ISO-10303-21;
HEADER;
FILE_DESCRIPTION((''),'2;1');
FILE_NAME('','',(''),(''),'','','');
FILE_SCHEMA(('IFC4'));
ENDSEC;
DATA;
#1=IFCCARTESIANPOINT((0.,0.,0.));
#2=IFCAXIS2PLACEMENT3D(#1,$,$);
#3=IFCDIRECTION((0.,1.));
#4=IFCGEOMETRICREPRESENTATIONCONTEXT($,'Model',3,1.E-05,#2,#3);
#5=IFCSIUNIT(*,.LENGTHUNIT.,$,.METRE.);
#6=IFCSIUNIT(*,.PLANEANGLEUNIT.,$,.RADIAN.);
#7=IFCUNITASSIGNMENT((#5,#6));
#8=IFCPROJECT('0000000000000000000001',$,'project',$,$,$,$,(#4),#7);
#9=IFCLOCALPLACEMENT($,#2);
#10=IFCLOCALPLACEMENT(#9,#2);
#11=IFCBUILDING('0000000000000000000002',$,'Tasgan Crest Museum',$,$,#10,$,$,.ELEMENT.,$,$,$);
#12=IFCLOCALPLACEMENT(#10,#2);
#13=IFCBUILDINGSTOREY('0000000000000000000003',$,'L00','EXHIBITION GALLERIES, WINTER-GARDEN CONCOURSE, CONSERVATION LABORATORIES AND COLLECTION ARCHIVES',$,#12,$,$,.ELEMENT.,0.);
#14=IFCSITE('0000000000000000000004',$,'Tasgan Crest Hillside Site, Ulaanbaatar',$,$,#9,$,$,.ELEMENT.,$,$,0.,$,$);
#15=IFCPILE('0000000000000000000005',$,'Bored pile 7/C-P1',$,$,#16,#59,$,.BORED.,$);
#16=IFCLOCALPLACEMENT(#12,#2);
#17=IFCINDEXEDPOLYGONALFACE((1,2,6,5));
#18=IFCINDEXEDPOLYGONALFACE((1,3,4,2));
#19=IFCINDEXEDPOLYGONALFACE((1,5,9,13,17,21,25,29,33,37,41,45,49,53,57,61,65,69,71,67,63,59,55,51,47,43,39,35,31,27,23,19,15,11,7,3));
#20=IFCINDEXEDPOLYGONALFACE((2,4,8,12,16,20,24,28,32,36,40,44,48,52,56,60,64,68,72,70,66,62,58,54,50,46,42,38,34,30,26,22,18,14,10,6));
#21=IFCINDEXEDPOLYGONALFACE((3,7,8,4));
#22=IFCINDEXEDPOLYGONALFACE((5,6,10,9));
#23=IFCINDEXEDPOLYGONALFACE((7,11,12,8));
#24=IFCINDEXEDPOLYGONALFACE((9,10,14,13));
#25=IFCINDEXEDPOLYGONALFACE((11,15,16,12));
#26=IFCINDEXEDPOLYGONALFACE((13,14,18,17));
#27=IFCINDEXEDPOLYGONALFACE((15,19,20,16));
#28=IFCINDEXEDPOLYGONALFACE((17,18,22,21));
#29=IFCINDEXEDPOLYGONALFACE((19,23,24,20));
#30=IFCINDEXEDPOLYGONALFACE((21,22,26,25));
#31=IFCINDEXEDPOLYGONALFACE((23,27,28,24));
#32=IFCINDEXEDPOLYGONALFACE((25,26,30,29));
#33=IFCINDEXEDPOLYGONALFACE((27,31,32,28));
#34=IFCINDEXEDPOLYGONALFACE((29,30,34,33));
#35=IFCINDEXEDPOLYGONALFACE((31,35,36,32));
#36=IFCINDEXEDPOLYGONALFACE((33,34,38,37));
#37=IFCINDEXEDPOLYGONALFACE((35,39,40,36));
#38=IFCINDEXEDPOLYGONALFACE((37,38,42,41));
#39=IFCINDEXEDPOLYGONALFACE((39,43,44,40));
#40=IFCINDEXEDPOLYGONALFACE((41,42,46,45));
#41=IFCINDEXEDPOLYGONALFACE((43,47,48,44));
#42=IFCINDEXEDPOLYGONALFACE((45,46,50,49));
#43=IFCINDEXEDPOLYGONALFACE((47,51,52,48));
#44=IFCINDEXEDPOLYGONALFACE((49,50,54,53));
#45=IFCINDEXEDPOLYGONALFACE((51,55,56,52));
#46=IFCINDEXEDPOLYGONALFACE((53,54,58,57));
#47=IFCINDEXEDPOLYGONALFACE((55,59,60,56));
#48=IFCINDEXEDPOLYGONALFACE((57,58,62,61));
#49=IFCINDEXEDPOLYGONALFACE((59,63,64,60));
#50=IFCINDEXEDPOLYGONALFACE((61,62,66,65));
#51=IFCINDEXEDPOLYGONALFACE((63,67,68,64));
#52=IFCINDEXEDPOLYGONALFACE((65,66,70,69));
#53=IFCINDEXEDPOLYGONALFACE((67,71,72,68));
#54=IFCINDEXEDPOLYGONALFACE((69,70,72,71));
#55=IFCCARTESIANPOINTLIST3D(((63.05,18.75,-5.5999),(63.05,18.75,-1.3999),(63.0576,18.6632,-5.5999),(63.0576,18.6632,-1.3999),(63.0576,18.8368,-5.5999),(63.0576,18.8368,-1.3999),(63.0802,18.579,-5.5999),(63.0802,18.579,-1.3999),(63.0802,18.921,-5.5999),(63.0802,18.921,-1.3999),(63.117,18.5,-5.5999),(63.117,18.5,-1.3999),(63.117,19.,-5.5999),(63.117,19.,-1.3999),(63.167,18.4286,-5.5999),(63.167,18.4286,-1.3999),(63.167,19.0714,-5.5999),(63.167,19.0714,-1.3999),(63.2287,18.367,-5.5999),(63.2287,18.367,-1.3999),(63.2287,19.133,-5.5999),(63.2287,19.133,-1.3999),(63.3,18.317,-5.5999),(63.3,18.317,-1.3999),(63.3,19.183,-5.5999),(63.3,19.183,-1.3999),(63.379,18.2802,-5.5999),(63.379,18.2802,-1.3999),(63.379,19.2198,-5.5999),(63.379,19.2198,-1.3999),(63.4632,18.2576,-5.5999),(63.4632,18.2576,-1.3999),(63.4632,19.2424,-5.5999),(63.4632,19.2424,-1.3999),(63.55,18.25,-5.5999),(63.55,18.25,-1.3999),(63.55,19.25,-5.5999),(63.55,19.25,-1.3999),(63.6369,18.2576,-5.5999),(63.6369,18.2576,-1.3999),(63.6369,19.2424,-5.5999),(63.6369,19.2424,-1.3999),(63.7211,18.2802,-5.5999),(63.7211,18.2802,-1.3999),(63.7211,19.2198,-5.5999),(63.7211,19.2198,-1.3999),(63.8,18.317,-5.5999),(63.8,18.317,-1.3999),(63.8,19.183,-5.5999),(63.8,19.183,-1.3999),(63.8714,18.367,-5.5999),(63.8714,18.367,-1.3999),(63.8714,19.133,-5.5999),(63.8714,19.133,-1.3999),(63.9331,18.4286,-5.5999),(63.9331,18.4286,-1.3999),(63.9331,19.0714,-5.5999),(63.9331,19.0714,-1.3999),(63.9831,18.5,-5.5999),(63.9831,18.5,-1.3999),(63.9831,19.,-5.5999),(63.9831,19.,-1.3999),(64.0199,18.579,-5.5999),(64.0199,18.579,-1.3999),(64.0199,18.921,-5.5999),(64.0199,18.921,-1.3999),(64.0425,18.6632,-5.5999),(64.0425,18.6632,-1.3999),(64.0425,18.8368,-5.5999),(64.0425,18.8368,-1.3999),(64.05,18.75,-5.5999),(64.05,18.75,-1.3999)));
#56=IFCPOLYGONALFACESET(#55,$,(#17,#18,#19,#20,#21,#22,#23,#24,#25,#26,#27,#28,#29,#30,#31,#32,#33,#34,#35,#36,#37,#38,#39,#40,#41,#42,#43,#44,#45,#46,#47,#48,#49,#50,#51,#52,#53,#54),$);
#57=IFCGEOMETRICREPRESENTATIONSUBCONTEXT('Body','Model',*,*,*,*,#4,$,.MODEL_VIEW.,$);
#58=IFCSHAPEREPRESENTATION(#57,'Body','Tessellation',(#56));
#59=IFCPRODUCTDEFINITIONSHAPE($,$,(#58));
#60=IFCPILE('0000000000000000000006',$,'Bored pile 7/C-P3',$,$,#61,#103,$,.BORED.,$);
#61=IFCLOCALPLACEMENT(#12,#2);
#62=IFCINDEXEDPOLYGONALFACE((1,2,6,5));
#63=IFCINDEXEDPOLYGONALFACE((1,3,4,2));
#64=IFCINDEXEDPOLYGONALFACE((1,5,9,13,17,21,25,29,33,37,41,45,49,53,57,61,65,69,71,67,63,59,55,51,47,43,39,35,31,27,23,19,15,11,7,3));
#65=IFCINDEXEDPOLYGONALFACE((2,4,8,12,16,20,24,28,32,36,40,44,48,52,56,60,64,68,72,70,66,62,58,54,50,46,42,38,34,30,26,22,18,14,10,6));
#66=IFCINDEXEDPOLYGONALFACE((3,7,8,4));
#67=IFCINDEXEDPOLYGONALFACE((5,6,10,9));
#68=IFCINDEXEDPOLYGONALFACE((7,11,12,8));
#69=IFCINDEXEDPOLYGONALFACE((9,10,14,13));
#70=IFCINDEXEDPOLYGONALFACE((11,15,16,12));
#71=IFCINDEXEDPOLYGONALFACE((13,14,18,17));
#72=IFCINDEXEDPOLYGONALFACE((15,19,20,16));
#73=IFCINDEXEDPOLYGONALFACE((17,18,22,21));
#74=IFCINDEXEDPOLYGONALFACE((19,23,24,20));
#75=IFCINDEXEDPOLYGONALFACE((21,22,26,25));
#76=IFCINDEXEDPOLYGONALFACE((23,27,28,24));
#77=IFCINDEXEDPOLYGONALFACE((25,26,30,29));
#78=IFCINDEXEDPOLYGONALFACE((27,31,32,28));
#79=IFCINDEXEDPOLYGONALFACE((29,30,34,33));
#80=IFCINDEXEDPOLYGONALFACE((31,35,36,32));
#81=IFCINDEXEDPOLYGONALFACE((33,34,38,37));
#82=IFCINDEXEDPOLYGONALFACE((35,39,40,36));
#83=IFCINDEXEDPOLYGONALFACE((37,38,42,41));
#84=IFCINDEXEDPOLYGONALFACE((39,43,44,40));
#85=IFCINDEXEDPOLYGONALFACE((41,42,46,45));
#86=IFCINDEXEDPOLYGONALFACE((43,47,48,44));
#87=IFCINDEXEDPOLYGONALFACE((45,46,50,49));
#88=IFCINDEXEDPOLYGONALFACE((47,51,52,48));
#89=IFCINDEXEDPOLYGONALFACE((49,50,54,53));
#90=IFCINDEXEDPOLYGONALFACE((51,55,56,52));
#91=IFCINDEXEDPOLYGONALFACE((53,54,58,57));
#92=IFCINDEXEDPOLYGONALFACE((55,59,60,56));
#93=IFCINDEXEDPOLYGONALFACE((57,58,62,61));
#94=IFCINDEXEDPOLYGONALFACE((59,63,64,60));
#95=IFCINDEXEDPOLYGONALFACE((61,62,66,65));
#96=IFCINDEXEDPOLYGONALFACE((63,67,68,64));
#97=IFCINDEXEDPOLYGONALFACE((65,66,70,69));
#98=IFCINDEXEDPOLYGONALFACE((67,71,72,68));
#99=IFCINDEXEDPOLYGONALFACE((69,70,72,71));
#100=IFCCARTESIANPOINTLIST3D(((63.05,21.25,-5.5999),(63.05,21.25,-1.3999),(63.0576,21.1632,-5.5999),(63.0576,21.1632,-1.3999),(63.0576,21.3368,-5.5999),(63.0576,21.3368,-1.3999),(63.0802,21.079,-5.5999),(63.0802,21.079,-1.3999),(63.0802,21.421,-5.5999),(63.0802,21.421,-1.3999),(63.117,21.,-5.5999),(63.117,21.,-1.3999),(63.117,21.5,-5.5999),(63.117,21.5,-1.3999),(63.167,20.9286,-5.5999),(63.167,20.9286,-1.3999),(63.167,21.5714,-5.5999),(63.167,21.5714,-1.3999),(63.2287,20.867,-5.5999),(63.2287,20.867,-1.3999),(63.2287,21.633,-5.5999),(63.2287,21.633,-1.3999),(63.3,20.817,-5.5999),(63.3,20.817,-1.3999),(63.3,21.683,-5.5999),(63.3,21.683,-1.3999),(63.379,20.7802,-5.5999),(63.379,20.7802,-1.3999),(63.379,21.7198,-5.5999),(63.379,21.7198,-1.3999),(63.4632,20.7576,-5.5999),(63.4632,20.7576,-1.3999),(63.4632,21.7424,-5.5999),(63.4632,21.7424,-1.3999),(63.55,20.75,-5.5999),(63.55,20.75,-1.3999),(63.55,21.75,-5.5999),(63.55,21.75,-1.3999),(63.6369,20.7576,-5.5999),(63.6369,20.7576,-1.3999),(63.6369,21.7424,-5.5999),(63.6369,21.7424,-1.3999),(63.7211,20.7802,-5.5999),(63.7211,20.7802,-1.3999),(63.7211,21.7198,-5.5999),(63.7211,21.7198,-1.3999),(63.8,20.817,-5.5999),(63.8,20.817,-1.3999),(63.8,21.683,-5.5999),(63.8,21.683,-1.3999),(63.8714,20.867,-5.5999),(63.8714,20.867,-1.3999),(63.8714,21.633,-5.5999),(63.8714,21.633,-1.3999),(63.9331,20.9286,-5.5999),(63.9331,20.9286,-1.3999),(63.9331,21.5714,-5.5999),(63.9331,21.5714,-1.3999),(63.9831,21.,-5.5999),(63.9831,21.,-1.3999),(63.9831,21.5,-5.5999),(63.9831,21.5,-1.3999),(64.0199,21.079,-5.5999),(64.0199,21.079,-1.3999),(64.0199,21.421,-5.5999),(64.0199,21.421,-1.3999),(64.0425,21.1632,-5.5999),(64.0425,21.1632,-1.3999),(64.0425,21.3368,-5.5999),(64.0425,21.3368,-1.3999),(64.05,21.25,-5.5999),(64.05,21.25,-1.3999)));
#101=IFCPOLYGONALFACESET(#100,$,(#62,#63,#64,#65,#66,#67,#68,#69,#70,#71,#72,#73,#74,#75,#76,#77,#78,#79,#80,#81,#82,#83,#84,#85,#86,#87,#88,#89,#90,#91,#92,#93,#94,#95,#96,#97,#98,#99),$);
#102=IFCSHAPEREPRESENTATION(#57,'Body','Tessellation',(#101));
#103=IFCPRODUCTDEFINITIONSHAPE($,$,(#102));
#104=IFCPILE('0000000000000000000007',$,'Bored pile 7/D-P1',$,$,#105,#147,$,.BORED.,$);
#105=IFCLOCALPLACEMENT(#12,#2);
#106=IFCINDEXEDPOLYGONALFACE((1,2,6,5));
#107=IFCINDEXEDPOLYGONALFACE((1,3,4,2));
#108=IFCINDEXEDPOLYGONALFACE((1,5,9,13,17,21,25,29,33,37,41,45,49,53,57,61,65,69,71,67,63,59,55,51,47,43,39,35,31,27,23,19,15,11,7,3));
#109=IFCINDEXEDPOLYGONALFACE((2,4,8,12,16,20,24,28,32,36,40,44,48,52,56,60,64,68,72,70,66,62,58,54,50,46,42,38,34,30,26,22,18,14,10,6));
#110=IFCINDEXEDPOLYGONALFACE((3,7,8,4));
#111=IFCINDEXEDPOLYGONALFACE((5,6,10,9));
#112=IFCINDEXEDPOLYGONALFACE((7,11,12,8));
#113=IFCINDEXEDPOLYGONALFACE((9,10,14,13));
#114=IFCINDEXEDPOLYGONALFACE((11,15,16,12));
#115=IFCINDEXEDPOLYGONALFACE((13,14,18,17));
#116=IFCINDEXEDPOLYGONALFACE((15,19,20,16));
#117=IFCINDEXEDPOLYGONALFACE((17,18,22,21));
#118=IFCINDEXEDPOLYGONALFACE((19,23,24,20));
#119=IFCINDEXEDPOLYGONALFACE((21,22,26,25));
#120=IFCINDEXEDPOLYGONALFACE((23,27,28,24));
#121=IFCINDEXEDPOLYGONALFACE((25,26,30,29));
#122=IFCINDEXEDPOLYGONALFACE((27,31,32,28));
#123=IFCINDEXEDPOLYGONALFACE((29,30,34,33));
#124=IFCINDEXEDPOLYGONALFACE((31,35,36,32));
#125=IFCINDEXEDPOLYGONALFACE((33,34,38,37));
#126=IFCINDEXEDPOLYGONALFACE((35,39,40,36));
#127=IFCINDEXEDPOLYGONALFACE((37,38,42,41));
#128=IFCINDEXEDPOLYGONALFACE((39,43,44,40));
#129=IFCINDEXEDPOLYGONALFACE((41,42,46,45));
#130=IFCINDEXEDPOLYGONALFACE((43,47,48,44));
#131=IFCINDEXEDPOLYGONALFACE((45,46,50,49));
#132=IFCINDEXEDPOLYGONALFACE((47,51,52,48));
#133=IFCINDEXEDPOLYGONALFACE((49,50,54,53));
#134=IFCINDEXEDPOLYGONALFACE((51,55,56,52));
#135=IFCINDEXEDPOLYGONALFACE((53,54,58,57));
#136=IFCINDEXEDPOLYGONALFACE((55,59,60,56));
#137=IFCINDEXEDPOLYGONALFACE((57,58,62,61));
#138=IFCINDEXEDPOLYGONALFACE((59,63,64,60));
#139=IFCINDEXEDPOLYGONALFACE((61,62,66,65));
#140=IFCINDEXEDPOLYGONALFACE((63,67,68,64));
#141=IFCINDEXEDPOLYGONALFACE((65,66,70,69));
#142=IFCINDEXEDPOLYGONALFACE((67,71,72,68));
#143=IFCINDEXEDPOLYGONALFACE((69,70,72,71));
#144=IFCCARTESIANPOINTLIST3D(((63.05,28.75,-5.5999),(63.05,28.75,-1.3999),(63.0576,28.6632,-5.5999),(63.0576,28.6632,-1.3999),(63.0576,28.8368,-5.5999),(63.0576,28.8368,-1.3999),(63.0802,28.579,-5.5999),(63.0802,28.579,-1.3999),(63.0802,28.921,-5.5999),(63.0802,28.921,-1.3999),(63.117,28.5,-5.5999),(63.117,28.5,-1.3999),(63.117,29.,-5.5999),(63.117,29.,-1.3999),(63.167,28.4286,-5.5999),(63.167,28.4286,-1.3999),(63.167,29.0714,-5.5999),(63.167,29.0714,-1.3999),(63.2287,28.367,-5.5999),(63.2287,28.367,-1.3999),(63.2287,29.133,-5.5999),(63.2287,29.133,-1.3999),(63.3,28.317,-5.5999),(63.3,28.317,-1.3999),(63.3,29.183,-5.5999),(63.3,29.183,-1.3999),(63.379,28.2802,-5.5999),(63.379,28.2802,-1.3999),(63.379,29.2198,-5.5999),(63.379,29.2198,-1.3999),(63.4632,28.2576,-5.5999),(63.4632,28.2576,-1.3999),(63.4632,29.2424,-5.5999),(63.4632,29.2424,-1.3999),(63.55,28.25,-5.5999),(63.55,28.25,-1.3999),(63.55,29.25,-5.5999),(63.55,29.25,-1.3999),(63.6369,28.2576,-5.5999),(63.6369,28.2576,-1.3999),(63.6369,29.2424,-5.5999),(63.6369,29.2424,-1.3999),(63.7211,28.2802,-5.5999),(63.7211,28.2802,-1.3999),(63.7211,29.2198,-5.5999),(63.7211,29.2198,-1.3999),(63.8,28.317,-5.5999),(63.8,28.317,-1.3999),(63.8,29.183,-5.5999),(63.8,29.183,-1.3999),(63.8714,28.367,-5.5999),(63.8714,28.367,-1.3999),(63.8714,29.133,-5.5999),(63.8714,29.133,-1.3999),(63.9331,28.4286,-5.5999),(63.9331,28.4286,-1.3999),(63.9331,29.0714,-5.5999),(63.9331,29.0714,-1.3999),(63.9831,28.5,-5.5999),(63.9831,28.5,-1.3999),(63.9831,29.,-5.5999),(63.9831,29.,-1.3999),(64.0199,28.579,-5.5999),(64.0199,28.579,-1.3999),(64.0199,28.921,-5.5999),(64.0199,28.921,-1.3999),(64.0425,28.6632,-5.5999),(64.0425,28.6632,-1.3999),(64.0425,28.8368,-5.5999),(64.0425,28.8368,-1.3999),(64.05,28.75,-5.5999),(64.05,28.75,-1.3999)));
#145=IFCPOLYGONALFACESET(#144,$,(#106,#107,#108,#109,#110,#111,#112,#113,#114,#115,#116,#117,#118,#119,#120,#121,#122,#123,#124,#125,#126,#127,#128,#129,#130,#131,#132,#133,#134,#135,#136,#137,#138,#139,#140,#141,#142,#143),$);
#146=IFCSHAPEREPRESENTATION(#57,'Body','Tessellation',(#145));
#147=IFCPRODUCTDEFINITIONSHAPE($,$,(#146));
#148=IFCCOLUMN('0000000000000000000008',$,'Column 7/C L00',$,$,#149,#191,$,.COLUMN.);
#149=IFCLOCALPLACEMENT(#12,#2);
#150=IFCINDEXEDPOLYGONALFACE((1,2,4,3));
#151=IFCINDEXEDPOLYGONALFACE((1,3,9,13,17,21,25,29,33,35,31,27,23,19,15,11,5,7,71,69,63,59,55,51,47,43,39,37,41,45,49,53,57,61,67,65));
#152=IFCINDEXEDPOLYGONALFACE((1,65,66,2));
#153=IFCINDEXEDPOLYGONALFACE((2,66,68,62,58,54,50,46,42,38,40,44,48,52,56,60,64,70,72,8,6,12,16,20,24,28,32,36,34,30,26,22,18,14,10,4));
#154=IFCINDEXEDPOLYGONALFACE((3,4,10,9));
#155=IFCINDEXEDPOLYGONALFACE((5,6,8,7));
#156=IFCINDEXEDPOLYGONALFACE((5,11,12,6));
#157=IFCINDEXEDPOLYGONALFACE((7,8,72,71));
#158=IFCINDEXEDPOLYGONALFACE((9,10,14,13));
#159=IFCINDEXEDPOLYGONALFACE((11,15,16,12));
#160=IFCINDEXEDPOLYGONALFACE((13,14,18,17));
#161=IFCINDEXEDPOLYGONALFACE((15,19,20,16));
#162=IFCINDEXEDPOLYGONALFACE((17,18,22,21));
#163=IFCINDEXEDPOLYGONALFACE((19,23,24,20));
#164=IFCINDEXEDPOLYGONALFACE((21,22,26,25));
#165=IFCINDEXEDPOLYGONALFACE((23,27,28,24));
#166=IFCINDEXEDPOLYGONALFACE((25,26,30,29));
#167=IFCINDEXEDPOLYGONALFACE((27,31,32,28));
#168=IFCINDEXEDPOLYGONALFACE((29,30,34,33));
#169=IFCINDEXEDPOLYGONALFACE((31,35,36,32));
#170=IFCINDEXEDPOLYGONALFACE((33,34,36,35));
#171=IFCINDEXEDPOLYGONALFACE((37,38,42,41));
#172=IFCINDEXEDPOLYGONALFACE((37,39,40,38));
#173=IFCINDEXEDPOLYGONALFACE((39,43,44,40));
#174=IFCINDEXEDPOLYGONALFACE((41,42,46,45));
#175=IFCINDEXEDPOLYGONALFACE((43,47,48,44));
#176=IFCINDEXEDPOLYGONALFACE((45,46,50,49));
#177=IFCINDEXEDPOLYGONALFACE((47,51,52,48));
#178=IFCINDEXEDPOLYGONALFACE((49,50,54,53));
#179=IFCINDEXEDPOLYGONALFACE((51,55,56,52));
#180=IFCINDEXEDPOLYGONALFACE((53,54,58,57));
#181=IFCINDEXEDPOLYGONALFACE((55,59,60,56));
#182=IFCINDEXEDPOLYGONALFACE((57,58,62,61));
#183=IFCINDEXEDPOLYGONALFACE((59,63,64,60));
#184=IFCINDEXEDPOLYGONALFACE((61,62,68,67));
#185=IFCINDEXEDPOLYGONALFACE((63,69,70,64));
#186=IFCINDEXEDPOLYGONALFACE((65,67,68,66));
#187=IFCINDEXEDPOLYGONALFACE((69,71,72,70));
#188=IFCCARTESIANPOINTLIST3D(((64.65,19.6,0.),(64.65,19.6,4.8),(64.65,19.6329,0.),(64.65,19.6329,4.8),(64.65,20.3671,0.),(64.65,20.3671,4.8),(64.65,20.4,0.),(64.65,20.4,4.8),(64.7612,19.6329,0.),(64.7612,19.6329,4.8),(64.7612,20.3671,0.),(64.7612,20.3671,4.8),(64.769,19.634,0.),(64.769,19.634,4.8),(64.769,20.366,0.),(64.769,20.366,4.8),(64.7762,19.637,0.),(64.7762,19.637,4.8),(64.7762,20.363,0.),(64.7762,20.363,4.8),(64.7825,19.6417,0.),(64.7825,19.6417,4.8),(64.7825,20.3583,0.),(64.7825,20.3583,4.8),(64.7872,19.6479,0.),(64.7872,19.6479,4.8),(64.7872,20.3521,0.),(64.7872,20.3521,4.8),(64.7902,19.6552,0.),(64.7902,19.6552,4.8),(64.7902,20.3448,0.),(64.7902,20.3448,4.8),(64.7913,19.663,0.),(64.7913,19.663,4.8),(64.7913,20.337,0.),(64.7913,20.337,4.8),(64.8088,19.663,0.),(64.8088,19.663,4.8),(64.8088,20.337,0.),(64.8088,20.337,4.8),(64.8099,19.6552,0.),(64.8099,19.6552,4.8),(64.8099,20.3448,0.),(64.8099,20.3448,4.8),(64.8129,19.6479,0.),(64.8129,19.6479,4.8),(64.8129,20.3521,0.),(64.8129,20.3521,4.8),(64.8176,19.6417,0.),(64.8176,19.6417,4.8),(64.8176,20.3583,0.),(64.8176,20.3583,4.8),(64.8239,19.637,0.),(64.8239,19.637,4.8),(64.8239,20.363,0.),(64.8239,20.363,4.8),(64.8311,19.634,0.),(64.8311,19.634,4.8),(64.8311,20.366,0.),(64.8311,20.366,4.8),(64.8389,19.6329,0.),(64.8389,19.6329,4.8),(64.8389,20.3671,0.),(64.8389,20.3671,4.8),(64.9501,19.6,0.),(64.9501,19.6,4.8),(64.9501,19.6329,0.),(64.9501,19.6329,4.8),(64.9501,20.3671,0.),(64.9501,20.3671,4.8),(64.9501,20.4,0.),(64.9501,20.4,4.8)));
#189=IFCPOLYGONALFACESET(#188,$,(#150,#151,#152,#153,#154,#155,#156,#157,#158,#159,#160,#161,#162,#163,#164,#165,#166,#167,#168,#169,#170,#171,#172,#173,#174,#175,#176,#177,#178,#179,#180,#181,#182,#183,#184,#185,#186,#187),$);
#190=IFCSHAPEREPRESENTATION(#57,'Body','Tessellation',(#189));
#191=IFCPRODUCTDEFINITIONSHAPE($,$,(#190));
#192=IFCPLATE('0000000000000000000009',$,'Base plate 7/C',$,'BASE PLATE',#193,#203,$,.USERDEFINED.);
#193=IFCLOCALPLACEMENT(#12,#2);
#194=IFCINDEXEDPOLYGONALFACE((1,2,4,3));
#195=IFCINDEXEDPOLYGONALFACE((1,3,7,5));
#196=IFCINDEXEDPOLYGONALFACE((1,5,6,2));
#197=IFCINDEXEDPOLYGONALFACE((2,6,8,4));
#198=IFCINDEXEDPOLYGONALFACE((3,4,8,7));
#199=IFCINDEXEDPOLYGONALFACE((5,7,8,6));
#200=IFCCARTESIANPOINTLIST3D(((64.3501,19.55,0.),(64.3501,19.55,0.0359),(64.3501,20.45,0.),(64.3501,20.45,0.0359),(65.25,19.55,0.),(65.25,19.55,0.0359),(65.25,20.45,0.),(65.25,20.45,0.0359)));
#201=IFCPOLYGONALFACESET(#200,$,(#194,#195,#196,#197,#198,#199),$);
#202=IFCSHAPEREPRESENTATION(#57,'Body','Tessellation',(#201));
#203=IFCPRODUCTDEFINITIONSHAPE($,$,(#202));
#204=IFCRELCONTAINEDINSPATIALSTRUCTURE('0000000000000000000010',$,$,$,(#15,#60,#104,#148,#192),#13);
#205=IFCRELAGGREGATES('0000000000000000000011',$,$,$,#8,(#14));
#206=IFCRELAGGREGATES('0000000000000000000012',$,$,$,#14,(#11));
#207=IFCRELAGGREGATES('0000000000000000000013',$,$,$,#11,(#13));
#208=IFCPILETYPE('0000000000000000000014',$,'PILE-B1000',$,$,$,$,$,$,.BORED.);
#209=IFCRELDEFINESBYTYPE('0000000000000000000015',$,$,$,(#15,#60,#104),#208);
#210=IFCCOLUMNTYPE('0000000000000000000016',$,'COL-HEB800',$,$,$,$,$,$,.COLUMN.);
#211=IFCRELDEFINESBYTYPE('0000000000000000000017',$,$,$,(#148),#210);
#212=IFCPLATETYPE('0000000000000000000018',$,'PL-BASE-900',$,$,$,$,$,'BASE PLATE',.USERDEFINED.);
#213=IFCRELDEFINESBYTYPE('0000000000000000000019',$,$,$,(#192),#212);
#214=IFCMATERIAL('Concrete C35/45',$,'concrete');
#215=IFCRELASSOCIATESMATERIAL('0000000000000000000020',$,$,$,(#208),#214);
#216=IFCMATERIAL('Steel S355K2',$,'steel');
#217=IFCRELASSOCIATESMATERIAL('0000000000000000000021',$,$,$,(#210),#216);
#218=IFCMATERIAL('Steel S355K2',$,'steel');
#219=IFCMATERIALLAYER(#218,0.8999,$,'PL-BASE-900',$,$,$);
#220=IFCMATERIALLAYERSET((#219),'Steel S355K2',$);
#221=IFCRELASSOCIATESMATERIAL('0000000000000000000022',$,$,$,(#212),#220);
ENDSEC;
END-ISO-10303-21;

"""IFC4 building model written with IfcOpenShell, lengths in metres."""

from ifc_helpers import new_model, si_unit, direction, frame, origin, origin_2d, place, context, subcontext, project, spatial, rectangle, circle, i_section, extrude, material, layer, layer_set, material_profile, profile_set, type_object, element, save


model = new_model("IFC4")

# Units and contexts
model_context = context("Model", 3, precision=1e-05, world=origin(), true_north=direction((0.0, 1.0)))
body_context = subcontext(model_context, "Body", "Model", "MODEL_VIEW")
ifc_project = project(units=[si_unit("LENGTHUNIT", "METRE"), si_unit("PLANEANGLEUNIT", "RADIAN")], contexts=[model_context])

# Site, building, storey
site_placement = place(None, origin())
site = spatial("IfcSite", under=ifc_project, at=site_placement, Name="Tasgan Crest Hillside Site, Ulaanbaatar", CompositionType="ELEMENT", RefElevation=0.0)
building_placement = place(site_placement, origin())
building = spatial("IfcBuilding", under=site, at=building_placement, Name="Tasgan Crest Museum", CompositionType="ELEMENT")
storey_placement = place(building_placement, origin())
storey = spatial("IfcBuildingStorey", under=building, at=storey_placement, Name="L00", Description="EXHIBITION GALLERIES, WINTER-GARDEN CONCOURSE, CONSERVATION LABORATORIES AND COLLECTION ARCHIVES", CompositionType="ELEMENT", Elevation=0.0)

# Piles
ifc_material_1 = material(Name="Concrete C35/45", Category="concrete")
ifc_material_profile_1 = material_profile(ifc_material_1, circle(Radius=0.5, at=origin_2d()), Name="PILE D1000")
ifc_profile_set_1 = profile_set([ifc_material_profile_1], Name="Concrete C35/45")
pile_type = type_object("IfcPileType", Name="PILE-B1000", PredefinedType="BORED", material=ifc_profile_set_1)
for number, where, z_axis, x_axis, name in (
    (1, (63.55, 18.75, -1.3999), (0.0, 0.0, -1.0), (1.0, 0.0, 0.0), "Bored pile 7/C-P1"),
    (2, (63.55, 21.25, -1.3999), (0.0, 0.0, -1.0), (1.0, 0.0, 0.0), "Bored pile 7/C-P3"),
    (3, (63.55, 28.75, -1.3999), (0.0, 0.0, -1.0), (1.0, 0.0, 0.0), "Bored pile 7/D-P1"),
):
    element("IfcPile", number, at=place(storey_placement, frame(where, z_axis=z_axis, x_axis=x_axis)), inside=storey, type_object=pile_type, Name=name, PredefinedType="BORED", context=body_context, shape_type="SweptSolid", body=[
        extrude(circle(Radius=0.5, at=origin_2d()), origin(), (0.0, 0.0, 1.0), 4.2),
    ])

# Column
ifc_material_2 = material(Name="Steel S355K2", Category="steel")
ifc_material_profile_2 = material_profile(ifc_material_2, i_section(OverallWidth=0.3, OverallDepth=0.8, WebThickness=0.0176, FlangeThickness=0.033, FilletRadius=0.03, at=origin_2d()), Name="HEB 800")
ifc_profile_set_2 = profile_set([ifc_material_profile_2], Name="Steel S355K2")
column_type = type_object("IfcColumnType", Name="COL-HEB800", PredefinedType="COLUMN", material=ifc_profile_set_2)
column_placement = place(storey_placement, frame((64.8, 20.0, 0.0), z_axis=(0.0, 0.0, 1.0), x_axis=(1.0, 0.0, 0.0)))
element("IfcColumn", 4, at=column_placement, inside=storey, type_object=column_type, Name="Column 7/C L00", PredefinedType="COLUMN", context=body_context, shape_type="SweptSolid", body=[
    extrude(i_section(OverallWidth=0.3, OverallDepth=0.8, WebThickness=0.0176, FlangeThickness=0.033, FilletRadius=0.03, at=origin_2d()), origin(), (0.0, 0.0, 1.0), 4.8),
])

# Plate
ifc_material_3 = material(Name="Steel S355K2", Category="steel")
ifc_layer_1 = layer(ifc_material_3, 0.8999, Name="PL-BASE-900")
ifc_layer_set_1 = layer_set([ifc_layer_1], Name="Steel S355K2")
plate_type = type_object("IfcPlateType", Name="PL-BASE-900", ElementType="BASE PLATE", PredefinedType="USERDEFINED", material=ifc_layer_set_1)
plate_placement = place(storey_placement, frame((64.8, 20.0, 0.0), z_axis=(0.0, 0.0, 1.0), x_axis=(1.0, 0.0, 0.0)))
element("IfcPlate", 5, at=plate_placement, inside=storey, type_object=plate_type, Name="Base plate 7/C", ObjectType="BASE PLATE", PredefinedType="USERDEFINED", context=body_context, shape_type="SweptSolid", body=[
    extrude(rectangle(XDim=0.8999, YDim=0.8999, at=origin_2d()), origin(), (0.0, 0.0, 1.0), 0.0359),
])

save(model, "model.ifc")
